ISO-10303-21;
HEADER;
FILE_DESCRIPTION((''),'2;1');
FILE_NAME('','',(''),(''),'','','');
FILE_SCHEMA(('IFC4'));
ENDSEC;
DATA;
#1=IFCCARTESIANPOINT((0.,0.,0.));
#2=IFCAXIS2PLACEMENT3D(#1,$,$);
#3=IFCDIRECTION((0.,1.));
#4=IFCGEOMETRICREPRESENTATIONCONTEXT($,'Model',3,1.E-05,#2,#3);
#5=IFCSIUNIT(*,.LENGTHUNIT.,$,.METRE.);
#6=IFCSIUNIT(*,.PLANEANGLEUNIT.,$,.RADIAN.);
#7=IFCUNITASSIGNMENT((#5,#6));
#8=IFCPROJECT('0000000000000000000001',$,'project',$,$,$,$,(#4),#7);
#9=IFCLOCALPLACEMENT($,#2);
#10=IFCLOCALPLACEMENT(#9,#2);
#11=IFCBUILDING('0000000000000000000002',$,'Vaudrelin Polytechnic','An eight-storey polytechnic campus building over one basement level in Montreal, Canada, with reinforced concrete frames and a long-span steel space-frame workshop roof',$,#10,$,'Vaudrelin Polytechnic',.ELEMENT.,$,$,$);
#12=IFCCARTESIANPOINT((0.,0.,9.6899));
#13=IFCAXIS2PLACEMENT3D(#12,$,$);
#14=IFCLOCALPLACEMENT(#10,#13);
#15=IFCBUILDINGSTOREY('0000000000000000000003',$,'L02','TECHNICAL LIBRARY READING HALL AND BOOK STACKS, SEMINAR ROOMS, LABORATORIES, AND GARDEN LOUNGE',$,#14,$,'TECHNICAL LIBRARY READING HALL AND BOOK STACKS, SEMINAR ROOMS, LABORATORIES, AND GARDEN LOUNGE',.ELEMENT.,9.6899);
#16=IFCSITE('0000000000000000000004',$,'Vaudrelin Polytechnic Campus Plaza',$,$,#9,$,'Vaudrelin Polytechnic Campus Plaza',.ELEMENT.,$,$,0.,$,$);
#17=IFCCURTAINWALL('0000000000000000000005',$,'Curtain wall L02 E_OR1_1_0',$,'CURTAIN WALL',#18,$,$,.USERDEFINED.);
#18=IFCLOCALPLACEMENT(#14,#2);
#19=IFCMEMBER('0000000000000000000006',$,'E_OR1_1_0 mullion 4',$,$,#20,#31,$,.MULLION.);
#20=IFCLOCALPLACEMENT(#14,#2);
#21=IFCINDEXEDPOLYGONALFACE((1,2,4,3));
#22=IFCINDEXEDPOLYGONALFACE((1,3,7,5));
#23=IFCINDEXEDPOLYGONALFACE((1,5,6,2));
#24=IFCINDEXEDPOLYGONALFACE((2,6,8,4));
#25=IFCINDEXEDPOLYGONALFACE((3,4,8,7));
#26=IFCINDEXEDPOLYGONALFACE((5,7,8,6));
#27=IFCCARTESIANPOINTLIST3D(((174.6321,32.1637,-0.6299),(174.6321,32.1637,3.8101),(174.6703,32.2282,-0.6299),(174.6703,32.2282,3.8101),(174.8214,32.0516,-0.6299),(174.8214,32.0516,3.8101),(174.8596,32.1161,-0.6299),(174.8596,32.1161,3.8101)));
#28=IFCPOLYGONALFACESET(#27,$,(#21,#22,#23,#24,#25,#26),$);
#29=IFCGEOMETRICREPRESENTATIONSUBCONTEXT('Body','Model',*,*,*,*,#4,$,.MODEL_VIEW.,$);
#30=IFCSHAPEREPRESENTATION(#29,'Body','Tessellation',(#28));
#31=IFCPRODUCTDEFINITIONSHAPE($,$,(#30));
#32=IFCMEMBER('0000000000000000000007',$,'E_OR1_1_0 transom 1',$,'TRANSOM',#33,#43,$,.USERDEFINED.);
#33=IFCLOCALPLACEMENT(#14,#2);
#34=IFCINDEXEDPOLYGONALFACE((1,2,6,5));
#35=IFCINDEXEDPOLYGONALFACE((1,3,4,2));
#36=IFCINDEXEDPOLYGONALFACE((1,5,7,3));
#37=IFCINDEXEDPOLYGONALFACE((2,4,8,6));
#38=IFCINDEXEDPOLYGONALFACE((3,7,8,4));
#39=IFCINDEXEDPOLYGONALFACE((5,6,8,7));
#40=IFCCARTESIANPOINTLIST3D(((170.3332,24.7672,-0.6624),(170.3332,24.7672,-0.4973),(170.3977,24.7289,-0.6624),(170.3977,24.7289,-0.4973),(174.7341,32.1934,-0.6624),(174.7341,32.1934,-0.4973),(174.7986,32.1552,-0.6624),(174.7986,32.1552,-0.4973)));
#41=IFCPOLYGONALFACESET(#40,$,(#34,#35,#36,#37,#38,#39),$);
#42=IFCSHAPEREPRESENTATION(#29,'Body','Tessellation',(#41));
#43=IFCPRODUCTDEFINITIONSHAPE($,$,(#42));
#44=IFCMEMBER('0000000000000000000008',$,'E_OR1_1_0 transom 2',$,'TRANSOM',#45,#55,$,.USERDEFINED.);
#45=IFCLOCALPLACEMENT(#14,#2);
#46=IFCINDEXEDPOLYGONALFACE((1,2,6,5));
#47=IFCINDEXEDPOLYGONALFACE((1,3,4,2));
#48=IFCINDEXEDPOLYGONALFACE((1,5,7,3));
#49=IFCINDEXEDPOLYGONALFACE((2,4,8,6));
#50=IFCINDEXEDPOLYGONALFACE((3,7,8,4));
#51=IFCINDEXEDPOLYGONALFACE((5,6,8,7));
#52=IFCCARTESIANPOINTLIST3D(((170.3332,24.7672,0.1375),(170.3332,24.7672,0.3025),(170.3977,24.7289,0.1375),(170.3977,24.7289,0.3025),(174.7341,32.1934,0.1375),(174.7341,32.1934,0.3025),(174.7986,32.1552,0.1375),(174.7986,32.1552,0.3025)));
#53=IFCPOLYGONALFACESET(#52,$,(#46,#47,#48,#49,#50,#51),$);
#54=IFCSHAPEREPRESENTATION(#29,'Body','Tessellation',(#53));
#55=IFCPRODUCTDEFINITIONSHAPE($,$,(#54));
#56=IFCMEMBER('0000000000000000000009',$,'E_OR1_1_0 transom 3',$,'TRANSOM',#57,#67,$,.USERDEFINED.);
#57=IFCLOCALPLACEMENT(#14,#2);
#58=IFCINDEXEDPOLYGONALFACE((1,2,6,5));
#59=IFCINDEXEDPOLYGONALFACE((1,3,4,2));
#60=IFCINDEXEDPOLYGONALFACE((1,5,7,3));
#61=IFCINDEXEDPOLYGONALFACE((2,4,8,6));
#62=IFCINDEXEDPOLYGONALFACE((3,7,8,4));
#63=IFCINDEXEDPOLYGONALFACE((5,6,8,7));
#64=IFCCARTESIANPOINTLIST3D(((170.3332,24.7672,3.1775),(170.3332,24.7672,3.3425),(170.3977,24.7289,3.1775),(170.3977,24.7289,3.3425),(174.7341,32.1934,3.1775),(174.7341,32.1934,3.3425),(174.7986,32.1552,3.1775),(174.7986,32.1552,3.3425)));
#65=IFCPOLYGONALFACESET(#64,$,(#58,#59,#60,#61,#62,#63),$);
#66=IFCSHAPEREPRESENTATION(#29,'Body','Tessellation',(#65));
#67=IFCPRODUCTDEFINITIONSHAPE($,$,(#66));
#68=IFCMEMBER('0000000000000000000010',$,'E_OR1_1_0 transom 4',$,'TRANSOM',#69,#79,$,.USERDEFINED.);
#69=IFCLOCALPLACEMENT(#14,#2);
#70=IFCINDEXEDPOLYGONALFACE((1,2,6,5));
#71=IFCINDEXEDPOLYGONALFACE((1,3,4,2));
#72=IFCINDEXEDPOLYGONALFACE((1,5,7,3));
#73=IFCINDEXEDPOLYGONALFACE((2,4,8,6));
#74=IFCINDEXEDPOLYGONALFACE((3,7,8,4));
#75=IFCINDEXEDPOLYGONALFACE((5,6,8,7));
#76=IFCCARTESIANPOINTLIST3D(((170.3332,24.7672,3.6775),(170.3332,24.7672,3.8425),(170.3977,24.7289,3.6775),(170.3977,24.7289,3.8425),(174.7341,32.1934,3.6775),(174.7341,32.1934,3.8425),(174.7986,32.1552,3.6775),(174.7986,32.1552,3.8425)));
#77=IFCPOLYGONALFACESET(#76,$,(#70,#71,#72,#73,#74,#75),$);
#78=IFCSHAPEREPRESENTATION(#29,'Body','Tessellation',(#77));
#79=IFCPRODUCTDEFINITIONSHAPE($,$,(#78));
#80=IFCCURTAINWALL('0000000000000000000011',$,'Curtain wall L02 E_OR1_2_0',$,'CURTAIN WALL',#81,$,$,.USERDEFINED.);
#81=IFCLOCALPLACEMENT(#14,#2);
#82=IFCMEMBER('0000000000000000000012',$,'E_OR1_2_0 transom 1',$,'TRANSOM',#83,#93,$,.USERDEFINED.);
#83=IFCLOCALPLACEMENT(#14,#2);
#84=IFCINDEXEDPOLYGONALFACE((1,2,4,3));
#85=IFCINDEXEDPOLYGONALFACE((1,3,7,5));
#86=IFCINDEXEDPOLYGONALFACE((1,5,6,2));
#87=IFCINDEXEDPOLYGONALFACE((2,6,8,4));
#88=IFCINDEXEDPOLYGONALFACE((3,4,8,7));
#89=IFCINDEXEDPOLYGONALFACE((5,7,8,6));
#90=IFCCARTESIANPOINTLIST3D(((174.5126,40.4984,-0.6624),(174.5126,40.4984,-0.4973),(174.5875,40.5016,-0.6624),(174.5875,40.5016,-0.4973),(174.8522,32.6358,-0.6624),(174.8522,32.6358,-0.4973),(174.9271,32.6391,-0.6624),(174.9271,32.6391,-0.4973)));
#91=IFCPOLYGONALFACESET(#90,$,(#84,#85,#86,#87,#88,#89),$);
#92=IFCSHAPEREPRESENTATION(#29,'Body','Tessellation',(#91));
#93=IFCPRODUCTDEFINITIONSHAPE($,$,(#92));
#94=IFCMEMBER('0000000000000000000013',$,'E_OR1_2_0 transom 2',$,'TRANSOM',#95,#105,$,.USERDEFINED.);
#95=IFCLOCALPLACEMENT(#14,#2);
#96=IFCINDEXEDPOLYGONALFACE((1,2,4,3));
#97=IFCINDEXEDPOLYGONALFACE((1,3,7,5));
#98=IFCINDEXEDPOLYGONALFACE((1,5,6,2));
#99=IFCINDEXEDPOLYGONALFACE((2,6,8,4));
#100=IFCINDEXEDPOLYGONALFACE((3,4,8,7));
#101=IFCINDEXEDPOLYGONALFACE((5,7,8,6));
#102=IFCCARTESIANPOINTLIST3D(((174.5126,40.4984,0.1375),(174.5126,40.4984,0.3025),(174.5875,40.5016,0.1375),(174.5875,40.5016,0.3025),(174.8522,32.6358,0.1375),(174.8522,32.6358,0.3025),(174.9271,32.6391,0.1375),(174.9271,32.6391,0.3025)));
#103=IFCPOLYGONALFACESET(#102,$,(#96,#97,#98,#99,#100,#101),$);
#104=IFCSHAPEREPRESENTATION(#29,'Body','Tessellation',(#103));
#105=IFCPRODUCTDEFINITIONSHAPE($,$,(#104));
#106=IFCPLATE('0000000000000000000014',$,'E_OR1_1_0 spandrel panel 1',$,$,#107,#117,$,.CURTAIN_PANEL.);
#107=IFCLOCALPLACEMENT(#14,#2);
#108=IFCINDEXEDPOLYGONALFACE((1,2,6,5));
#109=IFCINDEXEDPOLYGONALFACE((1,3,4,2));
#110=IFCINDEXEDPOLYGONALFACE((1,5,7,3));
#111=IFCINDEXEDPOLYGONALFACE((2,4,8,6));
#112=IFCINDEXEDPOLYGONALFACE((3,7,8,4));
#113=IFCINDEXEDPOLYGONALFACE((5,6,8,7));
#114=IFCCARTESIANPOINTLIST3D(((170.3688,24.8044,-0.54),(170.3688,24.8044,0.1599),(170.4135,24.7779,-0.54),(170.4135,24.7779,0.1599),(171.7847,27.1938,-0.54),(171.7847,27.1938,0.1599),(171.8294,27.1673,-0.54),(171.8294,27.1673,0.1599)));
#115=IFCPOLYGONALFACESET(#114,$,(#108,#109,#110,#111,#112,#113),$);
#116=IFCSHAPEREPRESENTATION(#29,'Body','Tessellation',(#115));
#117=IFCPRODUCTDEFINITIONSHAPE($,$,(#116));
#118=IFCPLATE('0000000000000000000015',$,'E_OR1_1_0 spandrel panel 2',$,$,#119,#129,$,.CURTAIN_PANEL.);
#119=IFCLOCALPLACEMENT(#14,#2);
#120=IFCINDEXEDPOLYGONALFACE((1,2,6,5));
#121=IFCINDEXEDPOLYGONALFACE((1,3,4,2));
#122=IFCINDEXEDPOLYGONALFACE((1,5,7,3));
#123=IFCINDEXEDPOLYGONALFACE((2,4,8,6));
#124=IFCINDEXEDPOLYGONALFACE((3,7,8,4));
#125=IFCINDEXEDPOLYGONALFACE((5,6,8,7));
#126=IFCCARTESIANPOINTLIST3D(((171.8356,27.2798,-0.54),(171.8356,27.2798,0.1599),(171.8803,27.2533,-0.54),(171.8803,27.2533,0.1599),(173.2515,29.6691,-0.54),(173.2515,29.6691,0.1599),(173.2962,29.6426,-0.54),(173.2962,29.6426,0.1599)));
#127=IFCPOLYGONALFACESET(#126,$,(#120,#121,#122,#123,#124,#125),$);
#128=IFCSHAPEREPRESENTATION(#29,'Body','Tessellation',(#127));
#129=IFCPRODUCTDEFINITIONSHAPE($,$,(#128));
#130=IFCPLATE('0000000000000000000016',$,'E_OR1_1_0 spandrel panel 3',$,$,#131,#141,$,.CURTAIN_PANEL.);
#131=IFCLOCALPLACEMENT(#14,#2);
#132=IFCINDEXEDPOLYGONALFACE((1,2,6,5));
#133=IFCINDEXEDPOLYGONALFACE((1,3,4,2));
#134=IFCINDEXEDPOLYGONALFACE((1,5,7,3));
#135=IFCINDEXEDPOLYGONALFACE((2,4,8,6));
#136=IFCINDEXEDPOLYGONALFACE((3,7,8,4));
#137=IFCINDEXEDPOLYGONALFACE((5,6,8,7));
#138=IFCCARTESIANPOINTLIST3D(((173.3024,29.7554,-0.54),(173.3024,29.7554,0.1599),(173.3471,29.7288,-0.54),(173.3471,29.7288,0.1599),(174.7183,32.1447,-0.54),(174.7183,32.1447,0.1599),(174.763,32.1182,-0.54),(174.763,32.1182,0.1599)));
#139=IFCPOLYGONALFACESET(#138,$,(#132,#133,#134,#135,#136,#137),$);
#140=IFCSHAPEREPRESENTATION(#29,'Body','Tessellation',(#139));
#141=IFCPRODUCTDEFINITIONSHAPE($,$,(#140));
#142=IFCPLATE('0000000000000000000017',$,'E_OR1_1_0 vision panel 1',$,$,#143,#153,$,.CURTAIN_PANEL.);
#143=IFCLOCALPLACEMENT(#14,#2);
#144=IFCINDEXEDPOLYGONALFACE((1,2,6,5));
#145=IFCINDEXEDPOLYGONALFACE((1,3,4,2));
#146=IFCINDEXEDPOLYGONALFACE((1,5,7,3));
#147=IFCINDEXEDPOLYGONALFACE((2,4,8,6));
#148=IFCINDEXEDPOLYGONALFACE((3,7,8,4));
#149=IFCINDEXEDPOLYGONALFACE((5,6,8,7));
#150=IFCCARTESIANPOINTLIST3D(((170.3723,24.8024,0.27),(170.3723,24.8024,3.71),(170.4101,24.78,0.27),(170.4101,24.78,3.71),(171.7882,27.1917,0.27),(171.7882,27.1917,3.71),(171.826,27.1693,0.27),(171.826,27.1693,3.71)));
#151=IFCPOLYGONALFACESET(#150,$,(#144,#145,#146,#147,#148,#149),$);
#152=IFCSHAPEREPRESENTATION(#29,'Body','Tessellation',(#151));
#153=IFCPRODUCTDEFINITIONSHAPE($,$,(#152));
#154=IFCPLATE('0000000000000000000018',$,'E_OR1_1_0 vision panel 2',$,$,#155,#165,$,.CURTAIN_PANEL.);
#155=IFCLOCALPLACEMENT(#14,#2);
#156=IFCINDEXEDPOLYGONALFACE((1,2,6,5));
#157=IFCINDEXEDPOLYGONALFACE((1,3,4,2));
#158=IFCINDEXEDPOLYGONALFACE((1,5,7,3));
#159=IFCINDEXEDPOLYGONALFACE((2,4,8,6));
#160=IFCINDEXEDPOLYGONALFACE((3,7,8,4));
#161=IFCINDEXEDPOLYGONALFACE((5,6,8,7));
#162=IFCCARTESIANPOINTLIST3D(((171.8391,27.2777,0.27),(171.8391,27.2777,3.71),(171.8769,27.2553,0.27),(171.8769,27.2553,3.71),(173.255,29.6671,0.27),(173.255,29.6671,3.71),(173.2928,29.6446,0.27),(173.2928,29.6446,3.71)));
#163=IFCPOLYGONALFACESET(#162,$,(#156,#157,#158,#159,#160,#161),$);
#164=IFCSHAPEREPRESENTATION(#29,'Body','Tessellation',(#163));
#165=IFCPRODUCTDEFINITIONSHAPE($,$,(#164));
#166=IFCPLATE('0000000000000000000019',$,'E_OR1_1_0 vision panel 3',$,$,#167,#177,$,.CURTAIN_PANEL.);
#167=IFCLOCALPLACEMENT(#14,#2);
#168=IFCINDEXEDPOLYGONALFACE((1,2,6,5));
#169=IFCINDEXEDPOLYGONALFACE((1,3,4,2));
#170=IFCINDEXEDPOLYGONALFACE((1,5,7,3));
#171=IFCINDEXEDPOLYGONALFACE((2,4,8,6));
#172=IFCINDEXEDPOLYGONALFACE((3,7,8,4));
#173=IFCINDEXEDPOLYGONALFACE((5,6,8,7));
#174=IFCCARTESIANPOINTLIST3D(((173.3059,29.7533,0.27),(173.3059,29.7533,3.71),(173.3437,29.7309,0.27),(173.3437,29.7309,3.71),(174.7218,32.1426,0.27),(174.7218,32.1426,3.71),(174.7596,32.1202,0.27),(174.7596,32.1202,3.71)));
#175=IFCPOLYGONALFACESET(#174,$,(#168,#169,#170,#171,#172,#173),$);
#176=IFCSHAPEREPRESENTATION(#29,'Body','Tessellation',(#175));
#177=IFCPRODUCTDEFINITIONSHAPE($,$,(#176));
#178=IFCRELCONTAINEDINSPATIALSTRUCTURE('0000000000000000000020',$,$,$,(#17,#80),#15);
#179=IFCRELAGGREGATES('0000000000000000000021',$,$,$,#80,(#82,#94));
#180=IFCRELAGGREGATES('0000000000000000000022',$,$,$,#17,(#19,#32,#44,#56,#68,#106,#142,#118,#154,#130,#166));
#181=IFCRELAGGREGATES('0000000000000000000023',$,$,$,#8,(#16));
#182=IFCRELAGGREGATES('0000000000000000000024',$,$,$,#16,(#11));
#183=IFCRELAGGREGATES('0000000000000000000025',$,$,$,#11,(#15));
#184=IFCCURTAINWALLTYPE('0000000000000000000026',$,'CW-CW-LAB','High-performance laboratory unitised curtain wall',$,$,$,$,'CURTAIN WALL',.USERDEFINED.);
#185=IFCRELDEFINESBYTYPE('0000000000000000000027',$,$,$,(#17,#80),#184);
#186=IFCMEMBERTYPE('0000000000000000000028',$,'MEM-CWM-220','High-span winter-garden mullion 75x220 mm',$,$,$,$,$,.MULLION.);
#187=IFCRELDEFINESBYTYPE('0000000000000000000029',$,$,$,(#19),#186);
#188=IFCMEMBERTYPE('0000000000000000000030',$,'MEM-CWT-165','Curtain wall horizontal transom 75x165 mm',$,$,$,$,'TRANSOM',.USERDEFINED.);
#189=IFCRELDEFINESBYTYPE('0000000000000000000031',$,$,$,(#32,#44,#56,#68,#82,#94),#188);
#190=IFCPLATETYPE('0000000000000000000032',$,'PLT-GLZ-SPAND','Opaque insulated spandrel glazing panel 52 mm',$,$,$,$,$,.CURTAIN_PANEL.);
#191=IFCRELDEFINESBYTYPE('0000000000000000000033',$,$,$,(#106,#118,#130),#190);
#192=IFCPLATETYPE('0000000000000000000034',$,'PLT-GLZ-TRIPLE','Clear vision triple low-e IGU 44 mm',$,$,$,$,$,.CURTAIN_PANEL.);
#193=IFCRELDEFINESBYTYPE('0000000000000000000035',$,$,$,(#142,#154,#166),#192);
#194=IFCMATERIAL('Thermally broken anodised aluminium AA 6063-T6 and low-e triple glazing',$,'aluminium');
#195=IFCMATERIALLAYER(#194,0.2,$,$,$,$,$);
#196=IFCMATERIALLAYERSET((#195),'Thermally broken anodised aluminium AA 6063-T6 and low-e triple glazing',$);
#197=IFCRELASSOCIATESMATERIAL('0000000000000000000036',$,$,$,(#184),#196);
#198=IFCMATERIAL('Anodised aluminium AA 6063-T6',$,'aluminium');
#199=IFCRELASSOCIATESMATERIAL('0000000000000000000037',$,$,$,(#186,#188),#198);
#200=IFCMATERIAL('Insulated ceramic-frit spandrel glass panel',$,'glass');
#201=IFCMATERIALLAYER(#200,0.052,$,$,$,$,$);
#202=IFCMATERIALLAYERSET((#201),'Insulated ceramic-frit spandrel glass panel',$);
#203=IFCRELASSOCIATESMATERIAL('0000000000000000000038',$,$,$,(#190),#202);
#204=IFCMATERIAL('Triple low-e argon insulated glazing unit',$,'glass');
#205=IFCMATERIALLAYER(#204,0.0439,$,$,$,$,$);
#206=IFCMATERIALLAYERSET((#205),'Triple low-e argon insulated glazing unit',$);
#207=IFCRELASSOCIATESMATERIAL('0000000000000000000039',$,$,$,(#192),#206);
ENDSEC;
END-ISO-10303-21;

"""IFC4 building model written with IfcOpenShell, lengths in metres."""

from ifc_helpers import new_model, si_unit, direction, frame, origin, origin_2d, place, context, subcontext, project, spatial, rectangle, extrude, material, layer, layer_set, material_profile, profile_set, type_object, element, aggregate, save


model = new_model("IFC4")

# Units and contexts
model_context = context("Model", 3, precision=1e-05, world=origin(), true_north=direction((0.0, 1.0)))
body_context = subcontext(model_context, "Body", "Model", "MODEL_VIEW")
ifc_project = project(units=[si_unit("LENGTHUNIT", "METRE"), si_unit("PLANEANGLEUNIT", "RADIAN")], contexts=[model_context])

# Site, building, storey
site_placement = place(None, origin())
site = spatial("IfcSite", under=ifc_project, at=site_placement, Name="Vaudrelin Polytechnic Campus Plaza", LongName="Vaudrelin Polytechnic Campus Plaza", CompositionType="ELEMENT", RefElevation=0.0)
building_placement = place(site_placement, origin())
building = spatial("IfcBuilding", under=site, at=building_placement, Name="Vaudrelin Polytechnic", Description="An eight-storey polytechnic campus building over one basement level in Montreal, Canada, with reinforced concrete frames and a long-span steel space-frame workshop roof", LongName="Vaudrelin Polytechnic", CompositionType="ELEMENT")
storey_placement = place(building_placement, frame((0.0, 0.0, 9.6899)))
storey = spatial("IfcBuildingStorey", under=building, at=storey_placement, Name="L02", Description="TECHNICAL LIBRARY READING HALL AND BOOK STACKS, SEMINAR ROOMS, LABORATORIES, AND GARDEN LOUNGE", LongName="TECHNICAL LIBRARY READING HALL AND BOOK STACKS, SEMINAR ROOMS, LABORATORIES, AND GARDEN LOUNGE", CompositionType="ELEMENT", Elevation=9.6899)

# Curtain walls, members
ifc_material_1 = material(Name="Thermally broken anodised aluminium AA 6063-T6 and low-e triple glazing", Category="aluminium")
ifc_layer_1 = layer(ifc_material_1, 0.2)
ifc_layer_set_1 = layer_set([ifc_layer_1], Name="Thermally broken anodised aluminium AA 6063-T6 and low-e triple glazing")
curtain_wall_type = type_object("IfcCurtainWallType", Name="CW-CW-LAB", Description="High-performance laboratory unitised curtain wall", ElementType="CURTAIN WALL", PredefinedType="USERDEFINED", material=ifc_layer_set_1)
curtain_wall_1_placement = place(storey_placement, origin())
curtain_wall_1 = element("IfcCurtainWall", 1, at=curtain_wall_1_placement, inside=storey, type_object=curtain_wall_type, Name="Curtain wall L02 E_OR1_1_0", ObjectType="CURTAIN WALL", PredefinedType="USERDEFINED")
ifc_material_2 = material(Name="Anodised aluminium AA 6063-T6", Category="aluminium")
ifc_material_profile_1 = material_profile(ifc_material_2, rectangle(XDim=0.075, YDim=0.22, at=origin_2d()), Name="CWM-75x220")
ifc_profile_set_1 = profile_set([ifc_material_profile_1], Name="Anodised aluminium AA 6063-T6")
member_type_1 = type_object("IfcMemberType", Name="MEM-CWM-220", Description="High-span winter-garden mullion 75x220 mm", PredefinedType="MULLION", material=ifc_profile_set_1)
member_1_placement = place(storey_placement, frame((174.7458, 32.1399, -0.6299), z_axis=(0.0, 0.0, 1.0), x_axis=(0.509796, 0.860295, 0.0)))
member_1 = element("IfcMember", 2, at=member_1_placement, type_object=member_type_1, Name="E_OR1_1_0 mullion 4", PredefinedType="MULLION", context=body_context, shape_type="SweptSolid", body=[
    extrude(rectangle(XDim=0.075, YDim=0.22, at=origin_2d()), origin(), (0.0, 0.0, 1.0), 4.4399),
])
ifc_material_profile_2 = material_profile(ifc_material_2, rectangle(XDim=0.075, YDim=0.165, at=origin_2d()), Name="CWT-75x165")
ifc_profile_set_2 = profile_set([ifc_material_profile_2], Name="Anodised aluminium AA 6063-T6")
member_type_2 = type_object("IfcMemberType", Name="MEM-CWT-165", Description="Curtain wall horizontal transom 75x165 mm", ElementType="TRANSOM", PredefinedType="USERDEFINED", material=ifc_profile_set_2)
member_2_placement = place(storey_placement, frame((170.3655, 24.748, -0.5798), z_axis=(0.509813, 0.860285, 0.0), x_axis=(-0.860285, 0.509813, 0.0)))
member_2 = element("IfcMember", 3, at=member_2_placement, type_object=member_type_2, Name="E_OR1_1_0 transom 1", ObjectType="TRANSOM", PredefinedType="USERDEFINED", context=body_context, shape_type="SweptSolid", body=[
    extrude(rectangle(XDim=0.075, YDim=0.165, at=origin_2d()), origin(), (0.0, 0.0, 1.0), 8.6323),
])
member_3_placement = place(storey_placement, frame((170.3655, 24.748, 0.22), z_axis=(0.509813, 0.860285, 0.0), x_axis=(-0.860285, 0.509813, 0.0)))
member_3 = element("IfcMember", 4, at=member_3_placement, type_object=member_type_2, Name="E_OR1_1_0 transom 2", ObjectType="TRANSOM", PredefinedType="USERDEFINED", context=body_context, shape_type="SweptSolid", body=[
    extrude(rectangle(XDim=0.075, YDim=0.165, at=origin_2d()), origin(), (0.0, 0.0, 1.0), 8.6323),
])
member_4_placement = place(storey_placement, frame((170.3655, 24.748, 3.26), z_axis=(0.509813, 0.860285, 0.0), x_axis=(-0.860285, 0.509813, 0.0)))
member_4 = element("IfcMember", 5, at=member_4_placement, type_object=member_type_2, Name="E_OR1_1_0 transom 3", ObjectType="TRANSOM", PredefinedType="USERDEFINED", context=body_context, shape_type="SweptSolid", body=[
    extrude(rectangle(XDim=0.075, YDim=0.165, at=origin_2d()), origin(), (0.0, 0.0, 1.0), 8.6323),
])
member_5_placement = place(storey_placement, frame((170.3655, 24.748, 3.76), z_axis=(0.509813, 0.860285, 0.0), x_axis=(-0.860285, 0.509813, 0.0)))
member_5 = element("IfcMember", 6, at=member_5_placement, type_object=member_type_2, Name="E_OR1_1_0 transom 4", ObjectType="TRANSOM", PredefinedType="USERDEFINED", context=body_context, shape_type="SweptSolid", body=[
    extrude(rectangle(XDim=0.075, YDim=0.165, at=origin_2d()), origin(), (0.0, 0.0, 1.0), 8.6323),
])
curtain_wall_2_placement = place(storey_placement, origin())
curtain_wall_2 = element("IfcCurtainWall", 7, at=curtain_wall_2_placement, inside=storey, type_object=curtain_wall_type, Name="Curtain wall L02 E_OR1_2_0", ObjectType="CURTAIN WALL", PredefinedType="USERDEFINED")
member_6_placement = place(storey_placement, frame((174.8896, 32.6375, -0.5798), z_axis=(-0.043152, 0.999069, 0.0), x_axis=(-0.999069, -0.043152, 0.0)))
member_6 = element("IfcMember", 8, at=member_6_placement, type_object=member_type_2, Name="E_OR1_2_0 transom 1", ObjectType="TRANSOM", PredefinedType="USERDEFINED", context=body_context, shape_type="SweptSolid", body=[
    extrude(rectangle(XDim=0.075, YDim=0.165, at=origin_2d()), origin(), (0.0, 0.0, 1.0), 7.8699),
])
member_7_placement = place(storey_placement, frame((174.8896, 32.6375, 0.22), z_axis=(-0.043152, 0.999069, 0.0), x_axis=(-0.999069, -0.043152, 0.0)))
member_7 = element("IfcMember", 9, at=member_7_placement, type_object=member_type_2, Name="E_OR1_2_0 transom 2", ObjectType="TRANSOM", PredefinedType="USERDEFINED", context=body_context, shape_type="SweptSolid", body=[
    extrude(rectangle(XDim=0.075, YDim=0.165, at=origin_2d()), origin(), (0.0, 0.0, 1.0), 7.8699),
])
aggregate(curtain_wall_2, [member_6, member_7])

# Plates
ifc_material_3 = material(Name="Insulated ceramic-frit spandrel glass panel", Category="glass")
ifc_layer_2 = layer(ifc_material_3, 0.052)
ifc_layer_set_2 = layer_set([ifc_layer_2], Name="Insulated ceramic-frit spandrel glass panel")
plate_type_1 = type_object("IfcPlateType", Name="PLT-GLZ-SPAND", Description="Opaque insulated spandrel glazing panel 52 mm", PredefinedType="CURTAIN_PANEL", material=ifc_layer_set_2)
plate_1_placement = place(storey_placement, frame((171.0991, 25.9858, -0.54), z_axis=(0.0, 0.0, 1.0), x_axis=(0.509796, 0.860295, 0.0)))
plate_1 = element("IfcPlate", 10, at=plate_1_placement, type_object=plate_type_1, Name="E_OR1_1_0 spandrel panel 1", PredefinedType="CURTAIN_PANEL", context=body_context, shape_type="SweptSolid", body=[
    extrude(rectangle(XDim=2.7773, YDim=0.052, at=origin_2d()), origin(), (0.0, 0.0, 1.0), 0.7),
])
plate_2_placement = place(storey_placement, frame((172.5659, 28.4612, -0.54), z_axis=(0.0, 0.0, 1.0), x_axis=(0.509796, 0.860295, 0.0)))
plate_2 = element("IfcPlate", 11, at=plate_2_placement, type_object=plate_type_1, Name="E_OR1_1_0 spandrel panel 2", PredefinedType="CURTAIN_PANEL", context=body_context, shape_type="SweptSolid", body=[
    extrude(rectangle(XDim=2.7773, YDim=0.052, at=origin_2d()), origin(), (0.0, 0.0, 1.0), 0.7),
])
plate_3_placement = place(storey_placement, frame((174.0327, 30.9368, -0.54), z_axis=(0.0, 0.0, 1.0), x_axis=(0.509796, 0.860295, 0.0)))
plate_3 = element("IfcPlate", 12, at=plate_3_placement, type_object=plate_type_1, Name="E_OR1_1_0 spandrel panel 3", PredefinedType="CURTAIN_PANEL", context=body_context, shape_type="SweptSolid", body=[
    extrude(rectangle(XDim=2.7773, YDim=0.052, at=origin_2d()), origin(), (0.0, 0.0, 1.0), 0.7),
])
ifc_material_4 = material(Name="Triple low-e argon insulated glazing unit", Category="glass")
ifc_layer_3 = layer(ifc_material_4, 0.0439)
ifc_layer_set_3 = layer_set([ifc_layer_3], Name="Triple low-e argon insulated glazing unit")
plate_type_2 = type_object("IfcPlateType", Name="PLT-GLZ-TRIPLE", Description="Clear vision triple low-e IGU 44 mm", PredefinedType="CURTAIN_PANEL", material=ifc_layer_set_3)
plate_4_placement = place(storey_placement, frame((171.0991, 25.9858, 0.27), z_axis=(0.0, 0.0, 1.0), x_axis=(0.509796, 0.860295, 0.0)))
plate_4 = element("IfcPlate", 13, at=plate_4_placement, type_object=plate_type_2, Name="E_OR1_1_0 vision panel 1", PredefinedType="CURTAIN_PANEL", context=body_context, shape_type="SweptSolid", body=[
    extrude(rectangle(XDim=2.7773, YDim=0.0439, at=origin_2d()), origin(), (0.0, 0.0, 1.0), 3.4399),
])
plate_5_placement = place(storey_placement, frame((172.5659, 28.4612, 0.27), z_axis=(0.0, 0.0, 1.0), x_axis=(0.509796, 0.860295, 0.0)))
plate_5 = element("IfcPlate", 14, at=plate_5_placement, type_object=plate_type_2, Name="E_OR1_1_0 vision panel 2", PredefinedType="CURTAIN_PANEL", context=body_context, shape_type="SweptSolid", body=[
    extrude(rectangle(XDim=2.7773, YDim=0.0439, at=origin_2d()), origin(), (0.0, 0.0, 1.0), 3.4399),
])
plate_6_placement = place(storey_placement, frame((174.0327, 30.9368, 0.27), z_axis=(0.0, 0.0, 1.0), x_axis=(0.509796, 0.860295, 0.0)))
plate_6 = element("IfcPlate", 15, at=plate_6_placement, type_object=plate_type_2, Name="E_OR1_1_0 vision panel 3", PredefinedType="CURTAIN_PANEL", context=body_context, shape_type="SweptSolid", body=[
    extrude(rectangle(XDim=2.7773, YDim=0.0439, at=origin_2d()), origin(), (0.0, 0.0, 1.0), 3.4399),
])
aggregate(curtain_wall_1, [member_1, member_2, member_3, member_4, member_5, plate_1, plate_4, plate_2, plate_5, plate_3, plate_6])

save(model, "model.ifc")
